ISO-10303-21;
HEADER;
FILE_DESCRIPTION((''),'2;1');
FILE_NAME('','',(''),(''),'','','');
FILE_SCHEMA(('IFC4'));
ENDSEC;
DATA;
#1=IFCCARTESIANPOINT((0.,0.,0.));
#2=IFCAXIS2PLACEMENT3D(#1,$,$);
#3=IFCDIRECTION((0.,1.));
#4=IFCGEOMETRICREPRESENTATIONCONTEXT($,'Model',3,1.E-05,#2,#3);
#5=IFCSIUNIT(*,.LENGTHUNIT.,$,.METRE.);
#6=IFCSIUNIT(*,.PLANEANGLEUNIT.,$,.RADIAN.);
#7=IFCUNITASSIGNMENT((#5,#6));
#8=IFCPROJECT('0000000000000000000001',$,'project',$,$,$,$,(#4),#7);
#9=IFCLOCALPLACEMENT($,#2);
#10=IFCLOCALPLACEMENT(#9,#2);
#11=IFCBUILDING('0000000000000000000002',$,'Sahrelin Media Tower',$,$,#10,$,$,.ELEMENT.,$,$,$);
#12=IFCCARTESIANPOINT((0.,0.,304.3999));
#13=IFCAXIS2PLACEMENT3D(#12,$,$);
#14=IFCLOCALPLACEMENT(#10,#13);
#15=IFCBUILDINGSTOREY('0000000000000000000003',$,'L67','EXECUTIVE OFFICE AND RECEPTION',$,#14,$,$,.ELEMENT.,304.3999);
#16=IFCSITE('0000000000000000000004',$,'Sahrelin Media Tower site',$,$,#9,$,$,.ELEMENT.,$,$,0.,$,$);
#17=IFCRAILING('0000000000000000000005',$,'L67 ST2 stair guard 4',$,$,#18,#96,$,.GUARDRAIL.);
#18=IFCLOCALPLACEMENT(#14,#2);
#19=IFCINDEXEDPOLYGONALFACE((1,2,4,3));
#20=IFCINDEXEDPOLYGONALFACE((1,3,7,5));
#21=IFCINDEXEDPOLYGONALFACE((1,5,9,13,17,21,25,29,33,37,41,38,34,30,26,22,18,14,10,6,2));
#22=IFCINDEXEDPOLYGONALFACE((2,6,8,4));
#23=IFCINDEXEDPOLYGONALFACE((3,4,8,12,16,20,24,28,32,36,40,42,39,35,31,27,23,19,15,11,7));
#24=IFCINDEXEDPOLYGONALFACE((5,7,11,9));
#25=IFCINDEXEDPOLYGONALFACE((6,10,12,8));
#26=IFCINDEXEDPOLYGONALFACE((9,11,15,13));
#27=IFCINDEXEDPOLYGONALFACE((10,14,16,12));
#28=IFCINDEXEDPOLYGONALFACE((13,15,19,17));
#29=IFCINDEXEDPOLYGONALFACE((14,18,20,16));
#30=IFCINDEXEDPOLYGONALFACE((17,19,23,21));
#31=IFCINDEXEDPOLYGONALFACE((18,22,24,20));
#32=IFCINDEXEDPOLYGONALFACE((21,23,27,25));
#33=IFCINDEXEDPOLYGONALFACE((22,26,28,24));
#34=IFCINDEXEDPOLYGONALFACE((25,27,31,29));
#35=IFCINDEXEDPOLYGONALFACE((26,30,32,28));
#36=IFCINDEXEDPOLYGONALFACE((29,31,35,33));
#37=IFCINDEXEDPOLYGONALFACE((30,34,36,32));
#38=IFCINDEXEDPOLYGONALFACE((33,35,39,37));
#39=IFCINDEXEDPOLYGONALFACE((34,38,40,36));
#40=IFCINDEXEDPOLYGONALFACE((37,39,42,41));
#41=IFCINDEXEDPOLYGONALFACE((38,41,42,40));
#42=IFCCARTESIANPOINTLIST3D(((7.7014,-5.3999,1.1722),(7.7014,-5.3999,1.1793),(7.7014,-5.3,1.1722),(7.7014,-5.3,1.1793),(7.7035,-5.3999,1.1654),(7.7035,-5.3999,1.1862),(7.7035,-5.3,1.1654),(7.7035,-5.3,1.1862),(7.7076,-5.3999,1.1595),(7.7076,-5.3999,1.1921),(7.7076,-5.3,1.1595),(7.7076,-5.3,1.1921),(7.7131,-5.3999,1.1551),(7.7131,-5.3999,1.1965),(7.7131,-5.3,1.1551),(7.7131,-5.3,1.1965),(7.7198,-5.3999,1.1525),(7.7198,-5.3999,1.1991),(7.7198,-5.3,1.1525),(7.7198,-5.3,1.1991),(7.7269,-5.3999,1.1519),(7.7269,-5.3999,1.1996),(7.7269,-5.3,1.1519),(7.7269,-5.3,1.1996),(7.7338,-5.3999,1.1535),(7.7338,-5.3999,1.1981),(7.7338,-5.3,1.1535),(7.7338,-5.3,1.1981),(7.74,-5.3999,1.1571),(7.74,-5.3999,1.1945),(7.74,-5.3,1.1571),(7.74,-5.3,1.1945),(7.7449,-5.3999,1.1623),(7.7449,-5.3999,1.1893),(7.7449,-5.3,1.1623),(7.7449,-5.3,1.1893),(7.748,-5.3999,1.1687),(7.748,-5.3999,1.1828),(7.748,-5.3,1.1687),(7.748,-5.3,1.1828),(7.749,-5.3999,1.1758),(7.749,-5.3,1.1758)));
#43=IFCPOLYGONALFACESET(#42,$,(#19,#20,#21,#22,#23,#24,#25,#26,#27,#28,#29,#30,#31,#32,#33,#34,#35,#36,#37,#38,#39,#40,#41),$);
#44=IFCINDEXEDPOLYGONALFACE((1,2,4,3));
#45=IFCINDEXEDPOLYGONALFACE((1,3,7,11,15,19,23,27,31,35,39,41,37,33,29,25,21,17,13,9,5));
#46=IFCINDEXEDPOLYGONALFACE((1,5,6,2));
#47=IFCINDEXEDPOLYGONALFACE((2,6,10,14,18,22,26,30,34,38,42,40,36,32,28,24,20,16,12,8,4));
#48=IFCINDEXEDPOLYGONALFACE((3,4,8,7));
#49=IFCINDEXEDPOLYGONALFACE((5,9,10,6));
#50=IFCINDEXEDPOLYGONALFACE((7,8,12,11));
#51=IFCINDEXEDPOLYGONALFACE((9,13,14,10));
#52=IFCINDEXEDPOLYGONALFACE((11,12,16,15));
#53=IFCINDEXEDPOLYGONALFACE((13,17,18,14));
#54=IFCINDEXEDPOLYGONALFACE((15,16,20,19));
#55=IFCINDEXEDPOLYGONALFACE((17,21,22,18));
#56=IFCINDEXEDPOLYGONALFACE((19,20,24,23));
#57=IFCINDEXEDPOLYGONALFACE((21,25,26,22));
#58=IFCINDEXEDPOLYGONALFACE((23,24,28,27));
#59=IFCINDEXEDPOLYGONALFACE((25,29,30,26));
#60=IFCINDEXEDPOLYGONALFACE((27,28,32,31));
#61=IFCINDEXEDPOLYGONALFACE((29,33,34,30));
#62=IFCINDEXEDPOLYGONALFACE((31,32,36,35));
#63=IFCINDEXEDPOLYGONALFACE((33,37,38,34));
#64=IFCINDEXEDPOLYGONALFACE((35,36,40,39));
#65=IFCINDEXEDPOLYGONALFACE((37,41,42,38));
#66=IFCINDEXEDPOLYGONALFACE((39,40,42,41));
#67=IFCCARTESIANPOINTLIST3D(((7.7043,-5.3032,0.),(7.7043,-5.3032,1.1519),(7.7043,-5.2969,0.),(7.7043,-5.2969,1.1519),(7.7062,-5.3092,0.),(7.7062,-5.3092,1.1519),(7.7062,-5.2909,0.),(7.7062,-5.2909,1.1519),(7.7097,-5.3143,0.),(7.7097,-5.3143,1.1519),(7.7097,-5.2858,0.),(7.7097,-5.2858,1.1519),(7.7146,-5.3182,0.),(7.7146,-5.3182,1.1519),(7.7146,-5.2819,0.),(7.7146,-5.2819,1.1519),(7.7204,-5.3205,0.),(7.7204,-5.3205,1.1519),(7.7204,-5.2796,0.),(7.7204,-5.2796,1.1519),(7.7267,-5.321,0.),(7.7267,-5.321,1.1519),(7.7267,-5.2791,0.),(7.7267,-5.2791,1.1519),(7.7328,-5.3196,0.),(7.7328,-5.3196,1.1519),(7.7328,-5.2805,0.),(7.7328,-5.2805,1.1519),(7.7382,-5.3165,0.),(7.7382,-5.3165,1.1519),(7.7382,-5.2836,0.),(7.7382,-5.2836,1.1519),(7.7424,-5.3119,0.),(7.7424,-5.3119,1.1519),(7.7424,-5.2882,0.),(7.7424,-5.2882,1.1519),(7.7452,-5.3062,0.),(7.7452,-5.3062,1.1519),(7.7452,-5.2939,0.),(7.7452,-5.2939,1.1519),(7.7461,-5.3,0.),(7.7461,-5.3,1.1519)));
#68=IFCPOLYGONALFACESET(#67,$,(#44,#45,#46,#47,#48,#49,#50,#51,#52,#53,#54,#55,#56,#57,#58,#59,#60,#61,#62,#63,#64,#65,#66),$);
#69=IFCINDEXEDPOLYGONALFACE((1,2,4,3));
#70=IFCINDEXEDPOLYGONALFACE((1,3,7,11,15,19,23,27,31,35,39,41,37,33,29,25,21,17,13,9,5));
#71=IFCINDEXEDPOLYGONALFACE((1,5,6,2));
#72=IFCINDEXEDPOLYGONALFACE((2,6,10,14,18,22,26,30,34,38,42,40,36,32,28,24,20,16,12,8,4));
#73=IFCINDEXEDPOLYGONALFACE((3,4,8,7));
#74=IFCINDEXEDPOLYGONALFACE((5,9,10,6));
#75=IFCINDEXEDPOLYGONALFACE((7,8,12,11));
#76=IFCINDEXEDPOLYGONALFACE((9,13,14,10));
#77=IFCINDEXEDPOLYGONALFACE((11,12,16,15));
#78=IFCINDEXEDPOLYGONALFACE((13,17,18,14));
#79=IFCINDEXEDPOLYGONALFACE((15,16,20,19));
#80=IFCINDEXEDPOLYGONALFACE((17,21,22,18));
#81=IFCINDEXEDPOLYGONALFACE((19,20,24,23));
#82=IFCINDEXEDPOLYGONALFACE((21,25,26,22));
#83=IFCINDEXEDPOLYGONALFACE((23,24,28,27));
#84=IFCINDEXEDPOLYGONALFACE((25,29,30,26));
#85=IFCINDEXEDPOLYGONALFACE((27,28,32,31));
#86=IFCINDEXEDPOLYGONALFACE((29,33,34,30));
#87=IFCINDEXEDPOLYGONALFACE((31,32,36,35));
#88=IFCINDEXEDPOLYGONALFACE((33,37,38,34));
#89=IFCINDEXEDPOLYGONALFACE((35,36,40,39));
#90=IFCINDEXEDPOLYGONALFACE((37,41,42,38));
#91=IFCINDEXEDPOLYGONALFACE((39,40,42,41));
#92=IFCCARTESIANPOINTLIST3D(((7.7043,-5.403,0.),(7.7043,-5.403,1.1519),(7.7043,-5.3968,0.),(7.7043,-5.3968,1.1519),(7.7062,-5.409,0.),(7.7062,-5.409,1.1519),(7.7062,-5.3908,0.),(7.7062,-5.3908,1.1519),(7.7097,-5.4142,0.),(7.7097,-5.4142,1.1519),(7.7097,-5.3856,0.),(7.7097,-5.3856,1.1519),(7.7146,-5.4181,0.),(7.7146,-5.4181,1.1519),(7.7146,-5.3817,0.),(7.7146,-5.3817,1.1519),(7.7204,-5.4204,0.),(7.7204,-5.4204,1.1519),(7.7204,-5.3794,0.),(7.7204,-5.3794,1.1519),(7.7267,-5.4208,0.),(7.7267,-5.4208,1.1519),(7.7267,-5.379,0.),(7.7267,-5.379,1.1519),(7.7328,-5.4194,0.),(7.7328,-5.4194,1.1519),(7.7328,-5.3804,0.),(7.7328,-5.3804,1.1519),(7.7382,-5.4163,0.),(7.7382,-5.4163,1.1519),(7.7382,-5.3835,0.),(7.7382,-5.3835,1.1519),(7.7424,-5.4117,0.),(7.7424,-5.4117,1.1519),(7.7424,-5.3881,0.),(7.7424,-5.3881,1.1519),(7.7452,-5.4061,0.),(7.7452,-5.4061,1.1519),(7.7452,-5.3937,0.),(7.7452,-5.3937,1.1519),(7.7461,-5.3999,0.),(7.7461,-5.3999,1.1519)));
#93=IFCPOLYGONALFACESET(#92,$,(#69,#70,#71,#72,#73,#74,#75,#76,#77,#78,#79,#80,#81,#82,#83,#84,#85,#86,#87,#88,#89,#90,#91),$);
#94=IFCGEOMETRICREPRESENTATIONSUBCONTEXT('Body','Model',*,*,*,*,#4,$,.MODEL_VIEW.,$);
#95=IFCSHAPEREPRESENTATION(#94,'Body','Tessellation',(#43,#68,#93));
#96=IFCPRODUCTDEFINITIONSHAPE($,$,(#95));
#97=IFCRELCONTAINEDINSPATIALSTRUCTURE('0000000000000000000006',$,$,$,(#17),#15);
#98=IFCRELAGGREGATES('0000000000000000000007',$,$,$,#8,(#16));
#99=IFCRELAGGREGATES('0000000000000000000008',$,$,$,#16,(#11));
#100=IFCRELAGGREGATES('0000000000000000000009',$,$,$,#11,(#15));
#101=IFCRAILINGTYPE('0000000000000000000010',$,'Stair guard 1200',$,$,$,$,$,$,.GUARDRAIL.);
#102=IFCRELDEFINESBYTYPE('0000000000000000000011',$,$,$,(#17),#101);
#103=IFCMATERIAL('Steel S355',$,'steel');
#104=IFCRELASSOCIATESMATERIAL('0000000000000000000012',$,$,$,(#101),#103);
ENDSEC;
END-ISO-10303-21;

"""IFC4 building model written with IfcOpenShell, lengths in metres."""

from ifc_helpers import new_model, si_unit, direction, frame, origin, origin_2d, place, context, subcontext, project, spatial, circle, extrude, material, type_object, element, save


model = new_model("IFC4")

# Units and contexts
model_context = context("Model", 3, precision=1e-05, world=origin(), true_north=direction((0.0, 1.0)))
body_context = subcontext(model_context, "Body", "Model", "MODEL_VIEW")
ifc_project = project(units=[si_unit("LENGTHUNIT", "METRE"), si_unit("PLANEANGLEUNIT", "RADIAN")], contexts=[model_context])

# Site, building, storey
site_placement = place(None, origin())
site = spatial("IfcSite", under=ifc_project, at=site_placement, Name="Sahrelin Media Tower site", CompositionType="ELEMENT", RefElevation=0.0)
building_placement = place(site_placement, origin())
building = spatial("IfcBuilding", under=site, at=building_placement, Name="Sahrelin Media Tower", CompositionType="ELEMENT")
storey_placement = place(building_placement, frame((0.0, 0.0, 304.3999)))
storey = spatial("IfcBuildingStorey", under=building, at=storey_placement, Name="L67", Description="EXECUTIVE OFFICE AND RECEPTION", CompositionType="ELEMENT", Elevation=304.3999)

# Railing
ifc_material_1 = material(Name="Steel S355", Category="steel")
railing_type_1 = type_object("IfcRailingType", Name="Stair guard 1200", PredefinedType="GUARDRAIL", material=ifc_material_1)
railing_1_placement = place(storey_placement, frame((7.7251, -5.3, 0.0)))
element("IfcRailing", 1, at=railing_1_placement, inside=storey, type_object=railing_type_1, Name="L67 ST2 stair guard 4", PredefinedType="GUARDRAIL", context=body_context, shape_type="SweptSolid", body=[
    extrude(circle(Radius=0.0239, at=origin_2d()), frame((0.0, 0.0, 1.1758), z_axis=(0.0, -1.0, 0.0), x_axis=(1.0, 0.0, 0.0)), (0.0, 0.0, 1.0), 0.0999),
    extrude(circle(Radius=0.021, at=origin_2d()), origin(), (0.0, 0.0, 1.0), 1.1519),
    extrude(circle(Radius=0.021, at=origin_2d()), frame((0.0, -0.0999, 0.0)), (0.0, 0.0, 1.0), 1.1519),
])

save(model, "model.ifc")
